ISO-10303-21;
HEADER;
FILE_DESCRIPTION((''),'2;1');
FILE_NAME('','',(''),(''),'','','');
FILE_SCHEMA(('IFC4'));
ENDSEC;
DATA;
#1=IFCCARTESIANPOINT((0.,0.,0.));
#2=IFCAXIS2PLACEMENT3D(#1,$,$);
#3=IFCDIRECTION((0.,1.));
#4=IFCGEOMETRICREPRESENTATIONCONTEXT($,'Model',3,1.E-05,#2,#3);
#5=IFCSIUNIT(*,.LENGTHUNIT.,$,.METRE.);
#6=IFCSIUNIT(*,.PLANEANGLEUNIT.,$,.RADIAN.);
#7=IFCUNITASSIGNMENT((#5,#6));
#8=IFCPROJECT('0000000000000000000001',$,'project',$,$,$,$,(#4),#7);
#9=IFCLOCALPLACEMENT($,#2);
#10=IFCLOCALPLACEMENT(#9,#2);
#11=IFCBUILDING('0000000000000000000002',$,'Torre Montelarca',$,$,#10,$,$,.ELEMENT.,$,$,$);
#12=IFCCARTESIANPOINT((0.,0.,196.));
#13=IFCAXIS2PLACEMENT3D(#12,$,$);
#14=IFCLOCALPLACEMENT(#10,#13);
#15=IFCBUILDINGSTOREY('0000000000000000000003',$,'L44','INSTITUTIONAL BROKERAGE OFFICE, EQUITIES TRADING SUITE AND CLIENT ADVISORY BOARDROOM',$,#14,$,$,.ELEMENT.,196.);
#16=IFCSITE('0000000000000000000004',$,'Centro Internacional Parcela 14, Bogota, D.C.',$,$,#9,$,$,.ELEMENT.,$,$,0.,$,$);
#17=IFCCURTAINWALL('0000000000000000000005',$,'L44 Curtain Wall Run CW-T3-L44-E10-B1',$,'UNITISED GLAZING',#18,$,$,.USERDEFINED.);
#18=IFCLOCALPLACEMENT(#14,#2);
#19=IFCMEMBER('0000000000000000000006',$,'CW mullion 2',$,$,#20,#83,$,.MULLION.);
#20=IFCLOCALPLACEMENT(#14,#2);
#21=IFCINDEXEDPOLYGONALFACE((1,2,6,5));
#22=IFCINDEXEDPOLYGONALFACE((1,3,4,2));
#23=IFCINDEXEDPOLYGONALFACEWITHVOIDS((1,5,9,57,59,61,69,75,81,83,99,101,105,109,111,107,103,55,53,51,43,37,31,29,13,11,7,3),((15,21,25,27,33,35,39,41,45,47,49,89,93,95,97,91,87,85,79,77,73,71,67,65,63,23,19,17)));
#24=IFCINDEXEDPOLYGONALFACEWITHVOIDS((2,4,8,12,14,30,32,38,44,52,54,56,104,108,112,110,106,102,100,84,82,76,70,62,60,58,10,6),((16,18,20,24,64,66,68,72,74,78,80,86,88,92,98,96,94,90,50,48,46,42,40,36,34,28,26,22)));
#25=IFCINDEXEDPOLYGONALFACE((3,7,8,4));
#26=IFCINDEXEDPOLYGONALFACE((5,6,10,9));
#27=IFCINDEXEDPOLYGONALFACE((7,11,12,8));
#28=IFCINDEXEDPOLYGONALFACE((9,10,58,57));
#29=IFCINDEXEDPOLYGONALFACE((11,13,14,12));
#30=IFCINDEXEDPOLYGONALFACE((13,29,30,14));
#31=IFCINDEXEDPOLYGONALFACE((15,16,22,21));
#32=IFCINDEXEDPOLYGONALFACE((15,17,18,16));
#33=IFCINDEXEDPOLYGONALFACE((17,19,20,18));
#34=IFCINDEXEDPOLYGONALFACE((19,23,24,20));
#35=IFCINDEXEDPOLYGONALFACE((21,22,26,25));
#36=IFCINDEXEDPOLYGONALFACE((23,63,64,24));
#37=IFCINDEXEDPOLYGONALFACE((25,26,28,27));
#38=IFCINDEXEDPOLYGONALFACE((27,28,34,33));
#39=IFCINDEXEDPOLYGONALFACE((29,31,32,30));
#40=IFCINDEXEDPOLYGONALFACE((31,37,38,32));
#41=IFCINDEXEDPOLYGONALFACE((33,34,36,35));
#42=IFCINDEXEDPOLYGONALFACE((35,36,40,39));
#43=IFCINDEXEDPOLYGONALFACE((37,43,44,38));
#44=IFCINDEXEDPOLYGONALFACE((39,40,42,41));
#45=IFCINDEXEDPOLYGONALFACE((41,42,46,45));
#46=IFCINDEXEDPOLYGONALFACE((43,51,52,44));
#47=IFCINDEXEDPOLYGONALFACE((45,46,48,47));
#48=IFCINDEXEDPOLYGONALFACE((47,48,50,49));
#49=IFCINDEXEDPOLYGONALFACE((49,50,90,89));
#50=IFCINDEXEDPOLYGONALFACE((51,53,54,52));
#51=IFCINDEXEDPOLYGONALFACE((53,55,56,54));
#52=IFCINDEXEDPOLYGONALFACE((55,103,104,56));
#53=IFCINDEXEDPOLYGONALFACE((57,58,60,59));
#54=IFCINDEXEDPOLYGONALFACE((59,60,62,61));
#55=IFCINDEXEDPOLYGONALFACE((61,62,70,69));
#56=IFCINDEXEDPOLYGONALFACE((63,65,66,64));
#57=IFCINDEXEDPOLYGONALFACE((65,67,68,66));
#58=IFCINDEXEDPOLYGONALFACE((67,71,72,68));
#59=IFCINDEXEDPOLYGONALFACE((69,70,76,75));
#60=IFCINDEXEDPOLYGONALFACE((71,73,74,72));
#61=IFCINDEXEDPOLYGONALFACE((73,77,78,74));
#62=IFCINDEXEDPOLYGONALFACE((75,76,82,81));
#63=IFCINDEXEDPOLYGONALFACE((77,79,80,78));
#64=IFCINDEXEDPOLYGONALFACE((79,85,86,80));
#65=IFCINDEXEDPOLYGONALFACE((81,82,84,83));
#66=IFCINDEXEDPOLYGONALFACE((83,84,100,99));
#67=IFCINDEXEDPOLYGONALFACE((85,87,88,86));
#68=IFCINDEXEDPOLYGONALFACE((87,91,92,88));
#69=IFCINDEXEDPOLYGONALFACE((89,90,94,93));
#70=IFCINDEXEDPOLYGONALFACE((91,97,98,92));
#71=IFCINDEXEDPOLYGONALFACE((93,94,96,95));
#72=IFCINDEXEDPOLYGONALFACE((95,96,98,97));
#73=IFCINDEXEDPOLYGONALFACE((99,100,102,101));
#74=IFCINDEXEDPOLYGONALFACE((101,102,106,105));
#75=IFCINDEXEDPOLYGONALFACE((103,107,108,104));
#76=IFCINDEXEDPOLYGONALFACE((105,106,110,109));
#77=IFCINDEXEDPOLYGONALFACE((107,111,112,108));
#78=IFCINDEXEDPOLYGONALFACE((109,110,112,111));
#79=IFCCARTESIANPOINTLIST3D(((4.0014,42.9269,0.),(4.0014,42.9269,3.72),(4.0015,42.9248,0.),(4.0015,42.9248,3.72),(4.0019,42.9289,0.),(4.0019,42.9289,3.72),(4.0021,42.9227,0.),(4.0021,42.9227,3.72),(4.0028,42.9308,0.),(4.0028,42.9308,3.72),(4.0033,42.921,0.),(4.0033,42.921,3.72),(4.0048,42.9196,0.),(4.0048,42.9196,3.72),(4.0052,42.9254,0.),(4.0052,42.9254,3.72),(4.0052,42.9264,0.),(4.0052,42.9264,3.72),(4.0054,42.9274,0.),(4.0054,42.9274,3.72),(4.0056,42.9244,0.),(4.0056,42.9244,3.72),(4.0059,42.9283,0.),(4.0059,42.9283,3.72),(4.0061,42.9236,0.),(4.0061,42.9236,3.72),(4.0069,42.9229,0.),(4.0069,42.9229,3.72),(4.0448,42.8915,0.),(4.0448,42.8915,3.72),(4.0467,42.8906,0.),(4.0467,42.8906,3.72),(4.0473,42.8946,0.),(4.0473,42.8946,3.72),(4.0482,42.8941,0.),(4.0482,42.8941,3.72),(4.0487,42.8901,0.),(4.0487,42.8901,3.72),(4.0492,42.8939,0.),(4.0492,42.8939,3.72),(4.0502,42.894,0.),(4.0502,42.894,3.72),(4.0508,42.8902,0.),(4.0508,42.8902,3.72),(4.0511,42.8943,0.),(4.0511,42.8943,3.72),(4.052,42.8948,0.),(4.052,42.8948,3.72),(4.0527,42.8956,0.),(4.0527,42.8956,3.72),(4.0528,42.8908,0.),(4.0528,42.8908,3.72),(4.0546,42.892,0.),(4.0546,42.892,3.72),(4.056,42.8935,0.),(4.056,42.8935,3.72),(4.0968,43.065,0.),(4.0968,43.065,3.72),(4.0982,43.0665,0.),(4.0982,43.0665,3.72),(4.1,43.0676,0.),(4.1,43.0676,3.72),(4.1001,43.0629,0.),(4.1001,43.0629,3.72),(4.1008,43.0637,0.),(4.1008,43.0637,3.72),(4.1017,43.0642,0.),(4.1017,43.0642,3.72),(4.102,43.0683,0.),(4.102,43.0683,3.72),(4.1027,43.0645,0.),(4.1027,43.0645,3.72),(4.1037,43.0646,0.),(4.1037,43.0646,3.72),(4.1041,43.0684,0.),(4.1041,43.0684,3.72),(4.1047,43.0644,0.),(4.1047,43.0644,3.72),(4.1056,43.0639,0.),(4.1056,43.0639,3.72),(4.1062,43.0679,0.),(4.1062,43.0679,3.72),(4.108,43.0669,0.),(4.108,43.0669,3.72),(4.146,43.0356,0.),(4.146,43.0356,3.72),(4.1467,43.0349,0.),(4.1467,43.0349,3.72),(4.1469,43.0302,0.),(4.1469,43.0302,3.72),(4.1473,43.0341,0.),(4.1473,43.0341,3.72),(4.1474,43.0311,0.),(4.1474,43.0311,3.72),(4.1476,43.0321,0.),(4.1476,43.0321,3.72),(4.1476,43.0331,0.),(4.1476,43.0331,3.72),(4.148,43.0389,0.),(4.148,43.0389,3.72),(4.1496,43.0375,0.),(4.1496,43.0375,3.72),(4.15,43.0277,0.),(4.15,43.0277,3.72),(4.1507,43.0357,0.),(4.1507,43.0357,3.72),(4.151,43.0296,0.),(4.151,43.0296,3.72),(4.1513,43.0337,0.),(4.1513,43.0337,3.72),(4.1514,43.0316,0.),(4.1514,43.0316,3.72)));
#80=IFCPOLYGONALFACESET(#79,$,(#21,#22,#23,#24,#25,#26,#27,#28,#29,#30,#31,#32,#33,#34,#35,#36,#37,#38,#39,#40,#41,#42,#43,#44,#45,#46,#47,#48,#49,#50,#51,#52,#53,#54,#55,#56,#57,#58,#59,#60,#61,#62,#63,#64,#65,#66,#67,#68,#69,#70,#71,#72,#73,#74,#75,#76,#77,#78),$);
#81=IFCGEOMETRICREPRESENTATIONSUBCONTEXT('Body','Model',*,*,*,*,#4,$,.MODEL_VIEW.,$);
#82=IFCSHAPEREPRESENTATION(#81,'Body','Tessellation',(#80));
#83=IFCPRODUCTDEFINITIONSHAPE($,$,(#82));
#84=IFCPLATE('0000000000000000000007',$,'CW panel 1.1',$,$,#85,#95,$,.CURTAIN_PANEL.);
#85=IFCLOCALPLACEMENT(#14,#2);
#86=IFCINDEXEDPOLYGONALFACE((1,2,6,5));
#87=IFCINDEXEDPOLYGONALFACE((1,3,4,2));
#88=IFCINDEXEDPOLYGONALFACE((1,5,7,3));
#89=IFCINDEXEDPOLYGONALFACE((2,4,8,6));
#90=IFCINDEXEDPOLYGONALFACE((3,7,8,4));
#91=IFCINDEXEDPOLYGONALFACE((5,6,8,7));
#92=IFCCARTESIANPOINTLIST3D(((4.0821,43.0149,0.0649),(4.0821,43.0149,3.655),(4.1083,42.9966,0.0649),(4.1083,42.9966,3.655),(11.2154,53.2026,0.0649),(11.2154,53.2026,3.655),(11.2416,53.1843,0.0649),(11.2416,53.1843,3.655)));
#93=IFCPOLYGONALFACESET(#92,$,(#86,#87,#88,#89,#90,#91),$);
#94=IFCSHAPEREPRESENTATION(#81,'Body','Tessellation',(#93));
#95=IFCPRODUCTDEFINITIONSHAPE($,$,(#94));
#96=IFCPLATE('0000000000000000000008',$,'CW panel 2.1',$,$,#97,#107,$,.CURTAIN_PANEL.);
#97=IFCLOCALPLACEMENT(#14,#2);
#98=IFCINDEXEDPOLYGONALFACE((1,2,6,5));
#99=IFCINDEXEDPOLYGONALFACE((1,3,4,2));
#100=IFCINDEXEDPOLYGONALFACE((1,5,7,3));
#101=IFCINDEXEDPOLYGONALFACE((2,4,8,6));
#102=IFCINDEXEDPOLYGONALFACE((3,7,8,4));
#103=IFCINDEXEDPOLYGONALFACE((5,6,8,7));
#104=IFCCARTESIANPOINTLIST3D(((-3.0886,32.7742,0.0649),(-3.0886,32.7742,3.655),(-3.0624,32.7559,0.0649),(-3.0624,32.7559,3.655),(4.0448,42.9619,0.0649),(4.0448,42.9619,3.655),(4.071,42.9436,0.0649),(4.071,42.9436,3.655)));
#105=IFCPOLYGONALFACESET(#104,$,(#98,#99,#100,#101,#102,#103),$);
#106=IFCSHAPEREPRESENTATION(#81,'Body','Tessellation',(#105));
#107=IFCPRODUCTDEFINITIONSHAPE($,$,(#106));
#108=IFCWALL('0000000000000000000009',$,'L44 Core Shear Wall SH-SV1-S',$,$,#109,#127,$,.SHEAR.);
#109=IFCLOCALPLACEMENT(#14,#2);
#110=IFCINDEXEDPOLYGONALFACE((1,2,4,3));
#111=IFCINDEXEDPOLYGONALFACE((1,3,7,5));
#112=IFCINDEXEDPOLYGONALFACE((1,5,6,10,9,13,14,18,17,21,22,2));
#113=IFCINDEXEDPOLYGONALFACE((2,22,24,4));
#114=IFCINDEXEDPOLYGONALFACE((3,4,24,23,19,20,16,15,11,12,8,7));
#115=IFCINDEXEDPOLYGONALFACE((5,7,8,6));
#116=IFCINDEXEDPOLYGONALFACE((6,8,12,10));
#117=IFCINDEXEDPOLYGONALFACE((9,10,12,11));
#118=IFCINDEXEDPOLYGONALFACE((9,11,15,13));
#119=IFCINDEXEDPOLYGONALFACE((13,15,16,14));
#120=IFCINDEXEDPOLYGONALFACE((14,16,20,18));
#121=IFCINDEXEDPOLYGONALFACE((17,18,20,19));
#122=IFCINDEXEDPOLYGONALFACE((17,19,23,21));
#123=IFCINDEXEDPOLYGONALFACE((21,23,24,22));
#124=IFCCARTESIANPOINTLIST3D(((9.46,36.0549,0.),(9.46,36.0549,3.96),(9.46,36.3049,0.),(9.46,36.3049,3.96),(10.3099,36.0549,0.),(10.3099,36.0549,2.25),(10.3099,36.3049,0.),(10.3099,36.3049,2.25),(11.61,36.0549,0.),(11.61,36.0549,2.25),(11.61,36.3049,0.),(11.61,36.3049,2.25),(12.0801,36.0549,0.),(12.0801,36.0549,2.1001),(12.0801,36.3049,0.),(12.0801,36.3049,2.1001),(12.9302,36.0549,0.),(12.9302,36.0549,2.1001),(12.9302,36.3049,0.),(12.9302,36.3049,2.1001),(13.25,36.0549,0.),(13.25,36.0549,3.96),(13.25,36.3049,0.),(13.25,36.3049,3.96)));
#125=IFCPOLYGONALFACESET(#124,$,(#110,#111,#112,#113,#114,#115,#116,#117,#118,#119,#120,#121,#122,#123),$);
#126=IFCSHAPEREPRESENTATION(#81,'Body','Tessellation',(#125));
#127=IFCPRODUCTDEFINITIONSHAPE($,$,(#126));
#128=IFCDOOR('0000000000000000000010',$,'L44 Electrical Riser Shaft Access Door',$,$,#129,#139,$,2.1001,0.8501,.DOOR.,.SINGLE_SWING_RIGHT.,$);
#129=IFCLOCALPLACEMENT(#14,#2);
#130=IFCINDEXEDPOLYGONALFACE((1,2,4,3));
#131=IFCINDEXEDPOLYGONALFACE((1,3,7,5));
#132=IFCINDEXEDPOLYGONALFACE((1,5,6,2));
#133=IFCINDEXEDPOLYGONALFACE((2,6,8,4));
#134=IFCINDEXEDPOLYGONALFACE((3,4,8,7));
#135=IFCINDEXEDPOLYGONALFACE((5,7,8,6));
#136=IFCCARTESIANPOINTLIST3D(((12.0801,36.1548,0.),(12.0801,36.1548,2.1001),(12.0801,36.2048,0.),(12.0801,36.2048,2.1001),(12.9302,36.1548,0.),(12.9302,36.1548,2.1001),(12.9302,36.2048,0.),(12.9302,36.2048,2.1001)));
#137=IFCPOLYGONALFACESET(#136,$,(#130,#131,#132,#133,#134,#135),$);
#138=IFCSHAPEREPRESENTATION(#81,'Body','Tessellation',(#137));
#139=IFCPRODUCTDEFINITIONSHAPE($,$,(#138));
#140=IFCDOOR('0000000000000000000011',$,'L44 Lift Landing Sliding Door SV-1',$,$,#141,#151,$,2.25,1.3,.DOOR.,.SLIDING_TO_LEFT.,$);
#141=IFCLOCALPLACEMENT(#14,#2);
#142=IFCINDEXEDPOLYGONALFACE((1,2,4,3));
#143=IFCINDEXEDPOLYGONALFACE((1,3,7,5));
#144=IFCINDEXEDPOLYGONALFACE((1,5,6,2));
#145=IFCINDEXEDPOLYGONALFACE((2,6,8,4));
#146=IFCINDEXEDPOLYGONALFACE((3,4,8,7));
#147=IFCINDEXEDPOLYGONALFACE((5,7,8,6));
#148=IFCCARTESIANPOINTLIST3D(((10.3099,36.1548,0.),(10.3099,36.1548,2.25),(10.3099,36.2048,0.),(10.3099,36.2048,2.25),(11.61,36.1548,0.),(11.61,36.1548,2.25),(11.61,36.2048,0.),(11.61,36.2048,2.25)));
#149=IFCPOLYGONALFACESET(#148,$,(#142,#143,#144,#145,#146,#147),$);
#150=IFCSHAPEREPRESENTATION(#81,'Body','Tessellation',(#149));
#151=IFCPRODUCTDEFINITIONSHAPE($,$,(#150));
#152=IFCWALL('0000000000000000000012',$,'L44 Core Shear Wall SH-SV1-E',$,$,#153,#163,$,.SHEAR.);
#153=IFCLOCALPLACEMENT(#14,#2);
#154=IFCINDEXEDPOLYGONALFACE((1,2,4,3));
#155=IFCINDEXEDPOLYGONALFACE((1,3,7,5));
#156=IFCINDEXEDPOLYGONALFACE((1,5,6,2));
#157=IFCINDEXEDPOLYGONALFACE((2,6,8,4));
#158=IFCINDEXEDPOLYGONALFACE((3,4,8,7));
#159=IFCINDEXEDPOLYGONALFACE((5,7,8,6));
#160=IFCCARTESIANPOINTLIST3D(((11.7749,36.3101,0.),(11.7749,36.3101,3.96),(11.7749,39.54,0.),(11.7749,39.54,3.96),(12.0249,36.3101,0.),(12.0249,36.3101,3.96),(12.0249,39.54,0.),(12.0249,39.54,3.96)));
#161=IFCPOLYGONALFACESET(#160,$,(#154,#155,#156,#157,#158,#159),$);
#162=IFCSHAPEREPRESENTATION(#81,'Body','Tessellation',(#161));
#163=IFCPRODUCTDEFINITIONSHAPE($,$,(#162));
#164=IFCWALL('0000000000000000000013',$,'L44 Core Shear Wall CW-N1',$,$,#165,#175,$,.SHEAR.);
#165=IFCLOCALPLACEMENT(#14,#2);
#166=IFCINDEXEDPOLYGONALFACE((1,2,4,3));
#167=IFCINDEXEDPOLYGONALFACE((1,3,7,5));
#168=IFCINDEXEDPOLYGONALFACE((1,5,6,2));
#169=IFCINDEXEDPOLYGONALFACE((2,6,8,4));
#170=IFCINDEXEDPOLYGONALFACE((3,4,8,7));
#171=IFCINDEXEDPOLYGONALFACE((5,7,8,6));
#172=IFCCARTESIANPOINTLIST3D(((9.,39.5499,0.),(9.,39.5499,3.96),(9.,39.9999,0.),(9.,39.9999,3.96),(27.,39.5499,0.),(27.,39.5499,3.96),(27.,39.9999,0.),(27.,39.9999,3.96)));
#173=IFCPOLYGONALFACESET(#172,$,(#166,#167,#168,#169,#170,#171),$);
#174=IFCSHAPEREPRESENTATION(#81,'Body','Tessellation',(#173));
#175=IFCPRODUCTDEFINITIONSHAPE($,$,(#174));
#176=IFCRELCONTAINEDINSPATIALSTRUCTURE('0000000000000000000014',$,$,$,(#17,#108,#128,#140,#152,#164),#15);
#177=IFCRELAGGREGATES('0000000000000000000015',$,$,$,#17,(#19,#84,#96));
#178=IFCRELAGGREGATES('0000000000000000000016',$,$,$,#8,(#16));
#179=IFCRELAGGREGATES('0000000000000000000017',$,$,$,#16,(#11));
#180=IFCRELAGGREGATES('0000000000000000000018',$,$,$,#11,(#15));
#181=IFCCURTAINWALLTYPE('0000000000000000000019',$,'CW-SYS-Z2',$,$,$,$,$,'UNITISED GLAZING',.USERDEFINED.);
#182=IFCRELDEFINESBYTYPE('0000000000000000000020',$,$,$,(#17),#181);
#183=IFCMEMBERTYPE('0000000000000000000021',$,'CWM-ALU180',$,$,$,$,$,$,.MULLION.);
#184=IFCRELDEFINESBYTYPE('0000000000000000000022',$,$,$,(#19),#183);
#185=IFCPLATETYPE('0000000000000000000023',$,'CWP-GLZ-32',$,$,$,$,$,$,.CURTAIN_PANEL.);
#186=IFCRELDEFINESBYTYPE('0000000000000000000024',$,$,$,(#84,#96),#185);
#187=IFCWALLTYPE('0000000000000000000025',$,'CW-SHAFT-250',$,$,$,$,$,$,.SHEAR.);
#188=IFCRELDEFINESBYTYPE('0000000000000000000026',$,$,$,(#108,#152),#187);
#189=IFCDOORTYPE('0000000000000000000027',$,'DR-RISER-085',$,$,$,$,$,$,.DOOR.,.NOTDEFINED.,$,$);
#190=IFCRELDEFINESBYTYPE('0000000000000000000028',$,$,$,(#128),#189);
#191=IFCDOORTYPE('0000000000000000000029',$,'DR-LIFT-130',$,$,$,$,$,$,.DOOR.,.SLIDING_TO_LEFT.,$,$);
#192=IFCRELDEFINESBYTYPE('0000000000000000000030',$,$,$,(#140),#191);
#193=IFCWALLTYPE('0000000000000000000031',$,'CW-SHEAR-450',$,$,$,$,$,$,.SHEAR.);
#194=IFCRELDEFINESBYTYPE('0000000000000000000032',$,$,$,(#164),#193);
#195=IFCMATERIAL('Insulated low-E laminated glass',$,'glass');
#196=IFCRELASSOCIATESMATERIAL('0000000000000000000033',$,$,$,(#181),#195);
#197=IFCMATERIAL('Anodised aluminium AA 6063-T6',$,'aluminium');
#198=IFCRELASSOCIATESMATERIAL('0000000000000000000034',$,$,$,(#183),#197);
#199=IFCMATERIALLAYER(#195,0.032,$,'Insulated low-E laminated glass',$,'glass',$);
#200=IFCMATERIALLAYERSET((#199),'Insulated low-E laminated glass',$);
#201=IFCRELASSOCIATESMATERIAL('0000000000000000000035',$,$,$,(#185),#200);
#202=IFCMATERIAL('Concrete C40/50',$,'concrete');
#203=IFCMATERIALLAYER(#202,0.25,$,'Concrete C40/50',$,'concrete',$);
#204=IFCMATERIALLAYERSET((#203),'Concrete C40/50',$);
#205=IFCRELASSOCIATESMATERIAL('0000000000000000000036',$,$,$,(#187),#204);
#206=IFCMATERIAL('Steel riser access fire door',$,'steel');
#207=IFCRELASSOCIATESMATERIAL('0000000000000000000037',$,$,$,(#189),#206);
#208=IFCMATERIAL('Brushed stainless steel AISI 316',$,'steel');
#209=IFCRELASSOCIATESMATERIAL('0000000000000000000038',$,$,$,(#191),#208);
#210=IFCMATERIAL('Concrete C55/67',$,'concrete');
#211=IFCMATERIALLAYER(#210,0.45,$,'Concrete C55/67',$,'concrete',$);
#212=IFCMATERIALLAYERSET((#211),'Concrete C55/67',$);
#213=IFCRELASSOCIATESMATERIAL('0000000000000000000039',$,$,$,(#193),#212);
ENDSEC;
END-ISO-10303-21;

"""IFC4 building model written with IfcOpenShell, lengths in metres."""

from ifc_helpers import new_model, si_unit, direction, frame, frame_2d, origin, origin_2d, place, context, subcontext, project, spatial, rectangle, hollow_rectangle, extrude, source, transform, mapped, material, layer, layer_set, material_profile, profile_set, type_object, element, fill, aggregate, save


model = new_model("IFC4")

# Units and contexts
model_context = context("Model", 3, precision=1e-05, world=origin(), true_north=direction((0.0, 1.0)))
body_context = subcontext(model_context, "Body", "Model", "MODEL_VIEW")
ifc_project = project(units=[si_unit("LENGTHUNIT", "METRE"), si_unit("PLANEANGLEUNIT", "RADIAN")], contexts=[model_context])

# Site, building, storey
site_placement = place(None, origin())
site = spatial("IfcSite", under=ifc_project, at=site_placement, Name="Centro Internacional Parcela 14, Bogota, D.C.", CompositionType="ELEMENT", RefElevation=0.0)
building_placement = place(site_placement, origin())
building = spatial("IfcBuilding", under=site, at=building_placement, Name="Torre Montelarca", CompositionType="ELEMENT")
storey_placement = place(building_placement, frame((0.0, 0.0, 196.0)))
storey = spatial("IfcBuildingStorey", under=building, at=storey_placement, Name="L44", Description="INSTITUTIONAL BROKERAGE OFFICE, EQUITIES TRADING SUITE AND CLIENT ADVISORY BOARDROOM", CompositionType="ELEMENT", Elevation=196.0)

# Shared definitions
ifc_material_1 = material(Name="Concrete C55/67", Category="concrete")

# Curtain wall, member, plates
ifc_material_2 = material(Name="Insulated low-E laminated glass", Category="glass")
curtain_wall_type = type_object("IfcCurtainWallType", Name="CW-SYS-Z2", ElementType="UNITISED GLAZING", PredefinedType="USERDEFINED", material=ifc_material_2)
curtain_wall_placement = place(storey_placement, origin())
curtain_wall = element("IfcCurtainWall", 1, at=curtain_wall_placement, inside=storey, type_object=curtain_wall_type, Name="L44 Curtain Wall Run CW-T3-L44-E10-B1", ObjectType="UNITISED GLAZING", PredefinedType="USERDEFINED")
ifc_material_3 = material(Name="Anodised aluminium AA 6063-T6", Category="aluminium")
ifc_material_profile_1 = material_profile(ifc_material_3, hollow_rectangle(XDim=0.0649, YDim=0.1799, WallThickness=0.0039, InnerFilletRadius=0.0039, OuterFilletRadius=0.0081, at=origin_2d()), Name="ALU65X180X4", Category="aluminium")
ifc_profile_set_1 = profile_set([ifc_material_profile_1], Name="Anodised aluminium AA 6063-T6")
member_type_1 = type_object("IfcMemberType", Name="CWM-ALU180", PredefinedType="MULLION", material=ifc_profile_set_1)
shared_shape_1 = source(origin(), body_context, "Body", "SweptSolid", [
    extrude(hollow_rectangle(XDim=0.0649, YDim=0.1799, WallThickness=0.0039, InnerFilletRadius=0.0039, OuterFilletRadius=0.0081, at=origin_2d()), origin(), (0.0, 0.0, 1.0), 3.72),
])
member_1_placement = place(storey_placement, frame((4.0764, 42.9792, 0.0), z_axis=(0.0, 0.0, 1.0), x_axis=(0.819158, -0.573569, 0.0)))
member_1 = element("IfcMember", 2, at=member_1_placement, type_object=member_type_1, Name="CW mullion 2", PredefinedType="MULLION", context=body_context, shape_type="MappedRepresentation", body=[
    mapped(shared_shape_1, transform((0.0, 0.0, 0.0), scale=1.0)),
])
ifc_layer_1 = layer(ifc_material_2, 0.032, Name="Insulated low-E laminated glass", Category="glass")
ifc_layer_set_1 = layer_set([ifc_layer_1], Name="Insulated low-E laminated glass")
plate_type = type_object("IfcPlateType", Name="CWP-GLZ-32", PredefinedType="CURTAIN_PANEL", material=ifc_layer_set_1)
shared_shape_2 = source(origin(), body_context, "Body", "SweptSolid", [
    extrude(rectangle(XDim=12.4368, YDim=0.032, at=origin_2d()), origin(), (0.0, 0.0, 1.0), 3.5901),
])
plate_1_placement = place(storey_placement, frame((7.6619, 48.0996, 0.0649), z_axis=(0.0, 0.0, 1.0), x_axis=(-0.573569, -0.819158, 0.0)))
plate_1 = element("IfcPlate", 3, at=plate_1_placement, type_object=plate_type, Name="CW panel 1.1", PredefinedType="CURTAIN_PANEL", context=body_context, shape_type="MappedRepresentation", body=[
    mapped(shared_shape_2, transform((0.0, 0.0, 0.0), scale=1.0)),
])
plate_2_placement = place(storey_placement, frame((0.4912, 37.8589, 0.0649), z_axis=(0.0, 0.0, 1.0), x_axis=(-0.573569, -0.819158, 0.0)))
plate_2 = element("IfcPlate", 4, at=plate_2_placement, type_object=plate_type, Name="CW panel 2.1", PredefinedType="CURTAIN_PANEL", context=body_context, shape_type="MappedRepresentation", body=[
    mapped(shared_shape_2, transform((0.0, 0.0, 0.0), scale=1.0)),
])
aggregate(curtain_wall, [member_1, plate_1, plate_2])

# Wall, openings, doors
ifc_material_4 = material(Name="Concrete C40/50", Category="concrete")
ifc_layer_2 = layer(ifc_material_4, 0.25, Name="Concrete C40/50", Category="concrete")
ifc_layer_set_2 = layer_set([ifc_layer_2], Name="Concrete C40/50")
wall_type_1 = type_object("IfcWallType", Name="CW-SHAFT-250", PredefinedType="SHEAR", material=ifc_layer_set_2)
wall_1_placement = place(storey_placement, frame((9.46, 36.1799, 0.0), z_axis=(0.0, 0.0, 1.0), x_axis=(1.0, 0.0, 0.0)))
wall_1 = element("IfcWall", 5, at=wall_1_placement, inside=storey, type_object=wall_type_1, Name="L44 Core Shear Wall SH-SV1-S", PredefinedType="SHEAR", context=body_context, shape_type="SweptSolid", body=[
    extrude(rectangle(XDim=3.79, YDim=0.25, at=frame_2d((1.895, 0.0))), origin(), (0.0, 0.0, 1.0), 3.96),
])
opening_1_placement = place(wall_1_placement, frame((2.6201, 0.0, 0.0)))
opening_1 = element("IfcOpeningElement", 6, at=opening_1_placement, cuts=wall_1, PredefinedType="OPENING", context=body_context, shape_type="SweptSolid", body=[
    extrude(rectangle(XDim=0.8501, YDim=2.1001, at=frame_2d((0.425, 1.05))), frame((0.0, 0.135, 0.0), z_axis=(0.0, -1.0, 0.0), x_axis=(1.0, 0.0, 0.0)), (0.0, 0.0, 1.0), 0.27),
])
opening_2_placement = place(wall_1_placement, frame((0.8501, 0.0, 0.0)))
opening_2 = element("IfcOpeningElement", 7, at=opening_2_placement, cuts=wall_1, PredefinedType="OPENING", context=body_context, shape_type="SweptSolid", body=[
    extrude(rectangle(XDim=1.3, YDim=2.25, at=frame_2d((0.6499, 1.125))), frame((0.0, 0.135, 0.0), z_axis=(0.0, -1.0, 0.0), x_axis=(1.0, 0.0, 0.0)), (0.0, 0.0, 1.0), 0.27),
])
ifc_material_5 = material(Name="Steel riser access fire door", Category="steel")
door_type_1 = type_object("IfcDoorType", Name="DR-RISER-085", OperationType="NOTDEFINED", PredefinedType="DOOR", material=ifc_material_5)
shared_shape_3 = source(origin(), body_context, "Body", "SweptSolid", [
    extrude(rectangle(XDim=0.8501, YDim=2.1001, at=frame_2d((0.425, 1.05))), frame((0.0, 0.0249, 0.0), z_axis=(0.0, -1.0, 0.0), x_axis=(1.0, 0.0, 0.0)), (0.0, 0.0, 1.0), 0.05),
])
door_1_placement = place(opening_1_placement, origin())
door_1 = element("IfcDoor", 8, at=door_1_placement, inside=storey, type_object=door_type_1, Name="L44 Electrical Riser Shaft Access Door", OperationType="SINGLE_SWING_RIGHT", OverallHeight=2.1001, OverallWidth=0.8501, PredefinedType="DOOR", context=body_context, shape_type="MappedRepresentation", body=[
    mapped(shared_shape_3, transform((0.0, 0.0, 0.0), scale=1.0)),
])
fill(opening_1, door_1)
ifc_material_6 = material(Name="Brushed stainless steel AISI 316", Category="steel")
door_type_2 = type_object("IfcDoorType", Name="DR-LIFT-130", OperationType="SLIDING_TO_LEFT", PredefinedType="DOOR", material=ifc_material_6)
shared_shape_4 = source(origin(), body_context, "Body", "SweptSolid", [
    extrude(rectangle(XDim=1.3, YDim=2.25, at=frame_2d((0.6499, 1.125))), frame((0.0, 0.0249, 0.0), z_axis=(0.0, -1.0, 0.0), x_axis=(1.0, 0.0, 0.0)), (0.0, 0.0, 1.0), 0.05),
])
door_2_placement = place(opening_2_placement, origin())
door_2 = element("IfcDoor", 9, at=door_2_placement, inside=storey, type_object=door_type_2, Name="L44 Lift Landing Sliding Door SV-1", OperationType="SLIDING_TO_LEFT", OverallHeight=2.25, OverallWidth=1.3, PredefinedType="DOOR", context=body_context, shape_type="MappedRepresentation", body=[
    mapped(shared_shape_4, transform((0.0, 0.0, 0.0), scale=1.0)),
])
fill(opening_2, door_2)

# Walls
wall_2_placement = place(storey_placement, frame((11.8999, 36.3101, 0.0), z_axis=(0.0, 0.0, 1.0), x_axis=(0.0, 1.0, 0.0)))
element("IfcWall", 10, at=wall_2_placement, inside=storey, type_object=wall_type_1, Name="L44 Core Shear Wall SH-SV1-E", PredefinedType="SHEAR", context=body_context, shape_type="SweptSolid", body=[
    extrude(rectangle(XDim=3.23, YDim=0.25, at=frame_2d((1.615, 0.0))), origin(), (0.0, 0.0, 1.0), 3.96),
])
ifc_layer_3 = layer(ifc_material_1, 0.45, Name="Concrete C55/67", Category="concrete")
ifc_layer_set_3 = layer_set([ifc_layer_3], Name="Concrete C55/67")
wall_type_2 = type_object("IfcWallType", Name="CW-SHEAR-450", PredefinedType="SHEAR", material=ifc_layer_set_3)
wall_3_placement = place(storey_placement, frame((9.0, 39.7749, 0.0), z_axis=(0.0, 0.0, 1.0), x_axis=(1.0, 0.0, 0.0)))
element("IfcWall", 11, at=wall_3_placement, inside=storey, type_object=wall_type_2, Name="L44 Core Shear Wall CW-N1", PredefinedType="SHEAR", context=body_context, shape_type="SweptSolid", body=[
    extrude(rectangle(XDim=18.0, YDim=0.45, at=frame_2d((9.0, 0.0))), origin(), (0.0, 0.0, 1.0), 3.96),
])

save(model, "model.ifc")
